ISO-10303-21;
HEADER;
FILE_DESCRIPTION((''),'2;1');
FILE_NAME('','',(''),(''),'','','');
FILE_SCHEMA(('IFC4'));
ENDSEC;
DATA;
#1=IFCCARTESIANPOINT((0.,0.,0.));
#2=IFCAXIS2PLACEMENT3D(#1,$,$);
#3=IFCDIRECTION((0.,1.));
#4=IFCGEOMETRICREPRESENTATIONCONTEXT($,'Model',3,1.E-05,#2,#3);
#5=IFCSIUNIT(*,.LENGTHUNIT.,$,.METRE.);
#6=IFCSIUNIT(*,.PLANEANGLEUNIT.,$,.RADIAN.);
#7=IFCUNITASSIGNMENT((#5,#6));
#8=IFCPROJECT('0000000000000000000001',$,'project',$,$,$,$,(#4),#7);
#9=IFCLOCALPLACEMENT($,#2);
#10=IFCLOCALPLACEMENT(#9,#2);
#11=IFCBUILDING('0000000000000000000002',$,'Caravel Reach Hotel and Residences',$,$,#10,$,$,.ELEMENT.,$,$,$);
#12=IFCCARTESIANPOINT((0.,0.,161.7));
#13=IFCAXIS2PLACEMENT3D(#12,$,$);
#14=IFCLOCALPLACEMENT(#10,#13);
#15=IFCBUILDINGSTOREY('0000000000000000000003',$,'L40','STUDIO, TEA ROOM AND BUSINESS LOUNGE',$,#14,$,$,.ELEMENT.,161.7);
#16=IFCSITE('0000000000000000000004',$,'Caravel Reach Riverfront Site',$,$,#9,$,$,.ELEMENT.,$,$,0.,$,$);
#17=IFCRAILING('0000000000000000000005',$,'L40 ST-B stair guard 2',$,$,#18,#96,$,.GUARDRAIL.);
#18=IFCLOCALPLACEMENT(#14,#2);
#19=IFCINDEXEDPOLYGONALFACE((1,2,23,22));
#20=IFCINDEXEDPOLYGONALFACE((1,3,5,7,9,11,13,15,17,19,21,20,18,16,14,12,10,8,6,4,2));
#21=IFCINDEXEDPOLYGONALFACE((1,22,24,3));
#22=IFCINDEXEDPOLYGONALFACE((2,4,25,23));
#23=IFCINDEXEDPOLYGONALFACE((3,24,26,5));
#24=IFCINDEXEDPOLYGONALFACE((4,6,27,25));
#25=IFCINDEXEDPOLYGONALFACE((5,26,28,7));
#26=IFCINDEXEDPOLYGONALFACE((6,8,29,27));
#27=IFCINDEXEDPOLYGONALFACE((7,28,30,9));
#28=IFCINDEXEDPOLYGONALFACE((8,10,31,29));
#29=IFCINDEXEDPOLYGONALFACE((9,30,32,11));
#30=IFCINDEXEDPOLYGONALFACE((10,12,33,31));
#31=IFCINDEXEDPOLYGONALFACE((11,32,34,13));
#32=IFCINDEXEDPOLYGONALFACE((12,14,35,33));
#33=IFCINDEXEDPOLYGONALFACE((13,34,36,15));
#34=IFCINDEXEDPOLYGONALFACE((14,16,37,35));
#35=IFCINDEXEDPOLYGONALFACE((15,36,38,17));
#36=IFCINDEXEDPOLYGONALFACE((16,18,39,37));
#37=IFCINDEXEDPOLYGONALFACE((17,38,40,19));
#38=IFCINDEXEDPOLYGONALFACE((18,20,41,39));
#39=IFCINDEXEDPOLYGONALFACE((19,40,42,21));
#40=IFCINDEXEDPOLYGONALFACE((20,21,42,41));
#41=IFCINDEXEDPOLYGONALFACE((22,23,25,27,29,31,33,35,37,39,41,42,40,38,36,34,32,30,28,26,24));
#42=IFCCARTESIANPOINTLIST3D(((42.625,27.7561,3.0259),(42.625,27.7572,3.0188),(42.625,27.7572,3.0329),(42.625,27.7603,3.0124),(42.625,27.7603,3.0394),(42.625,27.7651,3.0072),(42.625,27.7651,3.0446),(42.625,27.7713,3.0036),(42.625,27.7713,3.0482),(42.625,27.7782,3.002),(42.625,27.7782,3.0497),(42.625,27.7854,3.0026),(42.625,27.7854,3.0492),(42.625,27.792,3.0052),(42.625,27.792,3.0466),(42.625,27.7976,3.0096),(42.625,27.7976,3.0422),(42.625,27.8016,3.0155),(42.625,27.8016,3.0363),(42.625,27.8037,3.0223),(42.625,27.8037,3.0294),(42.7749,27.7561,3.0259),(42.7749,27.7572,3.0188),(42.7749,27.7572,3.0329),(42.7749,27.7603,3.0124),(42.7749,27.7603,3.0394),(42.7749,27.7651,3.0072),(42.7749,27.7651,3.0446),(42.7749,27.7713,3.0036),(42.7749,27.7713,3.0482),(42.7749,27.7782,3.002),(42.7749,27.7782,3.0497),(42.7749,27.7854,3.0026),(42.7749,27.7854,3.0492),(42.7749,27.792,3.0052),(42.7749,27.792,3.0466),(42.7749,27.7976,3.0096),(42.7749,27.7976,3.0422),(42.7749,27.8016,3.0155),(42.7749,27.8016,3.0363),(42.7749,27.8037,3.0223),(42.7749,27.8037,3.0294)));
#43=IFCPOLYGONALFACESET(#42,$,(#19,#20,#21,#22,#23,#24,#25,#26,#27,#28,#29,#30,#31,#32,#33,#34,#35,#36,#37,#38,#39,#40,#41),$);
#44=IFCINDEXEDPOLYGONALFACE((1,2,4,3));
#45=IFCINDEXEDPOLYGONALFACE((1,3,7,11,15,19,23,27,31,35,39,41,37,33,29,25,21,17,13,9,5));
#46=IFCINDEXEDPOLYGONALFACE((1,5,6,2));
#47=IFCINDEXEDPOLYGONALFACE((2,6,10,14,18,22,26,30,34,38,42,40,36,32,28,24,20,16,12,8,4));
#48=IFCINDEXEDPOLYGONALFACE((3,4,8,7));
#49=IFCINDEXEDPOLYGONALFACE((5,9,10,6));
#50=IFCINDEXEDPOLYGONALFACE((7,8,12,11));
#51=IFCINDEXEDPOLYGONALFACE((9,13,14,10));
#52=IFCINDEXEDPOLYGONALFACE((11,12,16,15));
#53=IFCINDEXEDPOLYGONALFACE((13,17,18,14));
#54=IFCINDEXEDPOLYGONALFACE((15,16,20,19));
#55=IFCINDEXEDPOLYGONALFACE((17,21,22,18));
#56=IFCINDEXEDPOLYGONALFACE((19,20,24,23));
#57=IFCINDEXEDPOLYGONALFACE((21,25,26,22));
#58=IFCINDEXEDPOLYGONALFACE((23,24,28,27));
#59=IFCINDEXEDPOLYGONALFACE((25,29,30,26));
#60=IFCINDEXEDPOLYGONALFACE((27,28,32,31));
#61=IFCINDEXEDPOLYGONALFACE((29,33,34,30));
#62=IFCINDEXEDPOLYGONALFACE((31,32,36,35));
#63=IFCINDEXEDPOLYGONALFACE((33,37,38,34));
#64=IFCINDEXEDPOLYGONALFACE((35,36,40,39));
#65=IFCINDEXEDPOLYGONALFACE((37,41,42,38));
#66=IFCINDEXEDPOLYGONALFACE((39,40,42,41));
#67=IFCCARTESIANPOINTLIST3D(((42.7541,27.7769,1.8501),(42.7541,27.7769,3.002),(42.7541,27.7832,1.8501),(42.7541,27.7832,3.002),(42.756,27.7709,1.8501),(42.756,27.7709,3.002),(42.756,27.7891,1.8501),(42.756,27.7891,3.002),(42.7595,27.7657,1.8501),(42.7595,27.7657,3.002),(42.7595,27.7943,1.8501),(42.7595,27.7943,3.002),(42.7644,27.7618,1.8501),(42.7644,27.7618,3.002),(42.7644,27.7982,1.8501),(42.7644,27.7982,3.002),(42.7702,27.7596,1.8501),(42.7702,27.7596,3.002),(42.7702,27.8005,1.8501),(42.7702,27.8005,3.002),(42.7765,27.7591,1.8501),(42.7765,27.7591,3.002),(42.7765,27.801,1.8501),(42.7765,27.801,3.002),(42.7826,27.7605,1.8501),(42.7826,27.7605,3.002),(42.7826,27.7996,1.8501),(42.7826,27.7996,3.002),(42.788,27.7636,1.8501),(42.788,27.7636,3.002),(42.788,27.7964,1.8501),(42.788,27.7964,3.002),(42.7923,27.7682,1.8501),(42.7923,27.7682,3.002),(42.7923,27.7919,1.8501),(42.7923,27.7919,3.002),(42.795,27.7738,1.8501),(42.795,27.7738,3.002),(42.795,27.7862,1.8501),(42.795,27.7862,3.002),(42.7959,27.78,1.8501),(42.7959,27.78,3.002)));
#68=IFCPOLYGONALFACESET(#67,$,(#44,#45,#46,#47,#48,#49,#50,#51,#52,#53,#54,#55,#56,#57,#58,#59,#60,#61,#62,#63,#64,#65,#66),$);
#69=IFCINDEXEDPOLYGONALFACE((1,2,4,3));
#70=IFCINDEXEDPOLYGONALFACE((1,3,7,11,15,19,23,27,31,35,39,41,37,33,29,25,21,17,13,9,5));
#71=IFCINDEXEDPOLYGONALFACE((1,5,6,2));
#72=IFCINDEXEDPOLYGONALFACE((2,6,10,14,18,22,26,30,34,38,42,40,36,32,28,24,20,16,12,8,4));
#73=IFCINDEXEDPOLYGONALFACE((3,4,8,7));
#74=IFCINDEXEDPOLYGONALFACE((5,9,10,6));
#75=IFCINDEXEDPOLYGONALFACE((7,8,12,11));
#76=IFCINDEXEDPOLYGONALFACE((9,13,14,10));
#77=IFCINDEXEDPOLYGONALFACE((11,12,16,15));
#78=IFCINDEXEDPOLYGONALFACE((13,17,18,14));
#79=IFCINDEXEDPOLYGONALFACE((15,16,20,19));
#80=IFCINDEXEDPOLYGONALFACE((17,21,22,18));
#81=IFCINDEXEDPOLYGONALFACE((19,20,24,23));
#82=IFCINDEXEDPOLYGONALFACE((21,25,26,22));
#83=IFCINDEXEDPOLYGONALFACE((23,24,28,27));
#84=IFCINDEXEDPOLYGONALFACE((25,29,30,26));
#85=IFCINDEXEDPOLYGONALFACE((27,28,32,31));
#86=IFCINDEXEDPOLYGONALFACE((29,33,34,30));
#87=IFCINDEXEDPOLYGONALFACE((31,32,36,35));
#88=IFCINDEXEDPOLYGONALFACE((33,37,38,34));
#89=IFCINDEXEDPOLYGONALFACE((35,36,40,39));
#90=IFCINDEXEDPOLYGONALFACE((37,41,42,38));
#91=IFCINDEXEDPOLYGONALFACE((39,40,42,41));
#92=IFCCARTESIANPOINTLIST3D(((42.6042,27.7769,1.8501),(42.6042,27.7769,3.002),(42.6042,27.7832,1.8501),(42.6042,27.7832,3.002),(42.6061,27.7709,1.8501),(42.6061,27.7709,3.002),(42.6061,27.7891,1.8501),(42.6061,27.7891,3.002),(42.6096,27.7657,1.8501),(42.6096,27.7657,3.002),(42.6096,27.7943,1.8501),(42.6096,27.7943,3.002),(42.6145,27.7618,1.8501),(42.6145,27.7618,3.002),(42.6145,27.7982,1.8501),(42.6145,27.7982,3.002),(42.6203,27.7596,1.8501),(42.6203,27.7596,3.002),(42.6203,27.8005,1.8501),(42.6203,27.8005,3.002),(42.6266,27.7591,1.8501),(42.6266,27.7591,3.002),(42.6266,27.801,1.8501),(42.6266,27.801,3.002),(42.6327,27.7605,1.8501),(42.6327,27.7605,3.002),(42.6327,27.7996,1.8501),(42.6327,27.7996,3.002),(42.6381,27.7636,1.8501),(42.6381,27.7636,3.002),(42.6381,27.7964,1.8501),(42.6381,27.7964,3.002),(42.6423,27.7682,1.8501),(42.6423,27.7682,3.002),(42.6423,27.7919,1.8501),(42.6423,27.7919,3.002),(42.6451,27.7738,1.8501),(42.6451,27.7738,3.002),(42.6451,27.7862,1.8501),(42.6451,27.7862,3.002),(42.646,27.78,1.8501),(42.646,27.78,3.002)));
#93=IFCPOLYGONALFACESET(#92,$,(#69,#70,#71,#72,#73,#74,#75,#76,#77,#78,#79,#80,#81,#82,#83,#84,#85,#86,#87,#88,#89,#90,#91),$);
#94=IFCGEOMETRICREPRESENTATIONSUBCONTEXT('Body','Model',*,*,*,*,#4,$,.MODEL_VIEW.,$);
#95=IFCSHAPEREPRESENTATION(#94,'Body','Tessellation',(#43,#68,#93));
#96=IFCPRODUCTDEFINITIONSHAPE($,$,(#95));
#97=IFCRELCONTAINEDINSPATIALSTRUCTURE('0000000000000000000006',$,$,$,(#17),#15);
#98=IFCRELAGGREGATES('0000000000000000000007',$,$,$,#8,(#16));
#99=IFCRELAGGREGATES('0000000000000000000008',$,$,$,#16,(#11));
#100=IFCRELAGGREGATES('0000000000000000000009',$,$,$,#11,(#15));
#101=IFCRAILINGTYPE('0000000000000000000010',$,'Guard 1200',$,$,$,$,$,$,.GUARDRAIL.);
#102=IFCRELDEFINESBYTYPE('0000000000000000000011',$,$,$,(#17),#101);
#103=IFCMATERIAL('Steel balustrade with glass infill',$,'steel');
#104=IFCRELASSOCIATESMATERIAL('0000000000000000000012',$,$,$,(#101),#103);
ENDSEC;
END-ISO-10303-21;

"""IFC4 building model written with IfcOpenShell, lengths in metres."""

from ifc_helpers import new_model, si_unit, direction, frame, origin, origin_2d, place, context, subcontext, project, spatial, circle, extrude, material, type_object, element, save


model = new_model("IFC4")

# Units and contexts
model_context = context("Model", 3, precision=1e-05, world=origin(), true_north=direction((0.0, 1.0)))
body_context = subcontext(model_context, "Body", "Model", "MODEL_VIEW")
ifc_project = project(units=[si_unit("LENGTHUNIT", "METRE"), si_unit("PLANEANGLEUNIT", "RADIAN")], contexts=[model_context])

# Site, building, storey
site_placement = place(None, origin())
site = spatial("IfcSite", under=ifc_project, at=site_placement, Name="Caravel Reach Riverfront Site", CompositionType="ELEMENT", RefElevation=0.0)
building_placement = place(site_placement, origin())
building = spatial("IfcBuilding", under=site, at=building_placement, Name="Caravel Reach Hotel and Residences", CompositionType="ELEMENT")
storey_placement = place(building_placement, frame((0.0, 0.0, 161.7)))
storey = spatial("IfcBuildingStorey", under=building, at=storey_placement, Name="L40", Description="STUDIO, TEA ROOM AND BUSINESS LOUNGE", CompositionType="ELEMENT", Elevation=161.7)

# Railing
ifc_material_1 = material(Name="Steel balustrade with glass infill", Category="steel")
railing_type_1 = type_object("IfcRailingType", Name="Guard 1200", PredefinedType="GUARDRAIL", material=ifc_material_1)
railing_1_placement = place(storey_placement, frame((42.7749, 27.78, 1.8501)))
element("IfcRailing", 1, at=railing_1_placement, inside=storey, type_object=railing_type_1, Name="L40 ST-B stair guard 2", PredefinedType="GUARDRAIL", context=body_context, shape_type="SweptSolid", body=[
    extrude(circle(Radius=0.0239, at=origin_2d()), frame((0.0, 0.0, 1.1758), z_axis=(-1.0, 0.0, 0.0), x_axis=(0.0, -1.0, 0.0)), (0.0, 0.0, 1.0), 0.1499),
    extrude(circle(Radius=0.021, at=origin_2d()), origin(), (0.0, 0.0, 1.0), 1.1519),
    extrude(circle(Radius=0.021, at=origin_2d()), frame((-0.1499, 0.0, 0.0)), (0.0, 0.0, 1.0), 1.1519),
])

save(model, "model.ifc")
